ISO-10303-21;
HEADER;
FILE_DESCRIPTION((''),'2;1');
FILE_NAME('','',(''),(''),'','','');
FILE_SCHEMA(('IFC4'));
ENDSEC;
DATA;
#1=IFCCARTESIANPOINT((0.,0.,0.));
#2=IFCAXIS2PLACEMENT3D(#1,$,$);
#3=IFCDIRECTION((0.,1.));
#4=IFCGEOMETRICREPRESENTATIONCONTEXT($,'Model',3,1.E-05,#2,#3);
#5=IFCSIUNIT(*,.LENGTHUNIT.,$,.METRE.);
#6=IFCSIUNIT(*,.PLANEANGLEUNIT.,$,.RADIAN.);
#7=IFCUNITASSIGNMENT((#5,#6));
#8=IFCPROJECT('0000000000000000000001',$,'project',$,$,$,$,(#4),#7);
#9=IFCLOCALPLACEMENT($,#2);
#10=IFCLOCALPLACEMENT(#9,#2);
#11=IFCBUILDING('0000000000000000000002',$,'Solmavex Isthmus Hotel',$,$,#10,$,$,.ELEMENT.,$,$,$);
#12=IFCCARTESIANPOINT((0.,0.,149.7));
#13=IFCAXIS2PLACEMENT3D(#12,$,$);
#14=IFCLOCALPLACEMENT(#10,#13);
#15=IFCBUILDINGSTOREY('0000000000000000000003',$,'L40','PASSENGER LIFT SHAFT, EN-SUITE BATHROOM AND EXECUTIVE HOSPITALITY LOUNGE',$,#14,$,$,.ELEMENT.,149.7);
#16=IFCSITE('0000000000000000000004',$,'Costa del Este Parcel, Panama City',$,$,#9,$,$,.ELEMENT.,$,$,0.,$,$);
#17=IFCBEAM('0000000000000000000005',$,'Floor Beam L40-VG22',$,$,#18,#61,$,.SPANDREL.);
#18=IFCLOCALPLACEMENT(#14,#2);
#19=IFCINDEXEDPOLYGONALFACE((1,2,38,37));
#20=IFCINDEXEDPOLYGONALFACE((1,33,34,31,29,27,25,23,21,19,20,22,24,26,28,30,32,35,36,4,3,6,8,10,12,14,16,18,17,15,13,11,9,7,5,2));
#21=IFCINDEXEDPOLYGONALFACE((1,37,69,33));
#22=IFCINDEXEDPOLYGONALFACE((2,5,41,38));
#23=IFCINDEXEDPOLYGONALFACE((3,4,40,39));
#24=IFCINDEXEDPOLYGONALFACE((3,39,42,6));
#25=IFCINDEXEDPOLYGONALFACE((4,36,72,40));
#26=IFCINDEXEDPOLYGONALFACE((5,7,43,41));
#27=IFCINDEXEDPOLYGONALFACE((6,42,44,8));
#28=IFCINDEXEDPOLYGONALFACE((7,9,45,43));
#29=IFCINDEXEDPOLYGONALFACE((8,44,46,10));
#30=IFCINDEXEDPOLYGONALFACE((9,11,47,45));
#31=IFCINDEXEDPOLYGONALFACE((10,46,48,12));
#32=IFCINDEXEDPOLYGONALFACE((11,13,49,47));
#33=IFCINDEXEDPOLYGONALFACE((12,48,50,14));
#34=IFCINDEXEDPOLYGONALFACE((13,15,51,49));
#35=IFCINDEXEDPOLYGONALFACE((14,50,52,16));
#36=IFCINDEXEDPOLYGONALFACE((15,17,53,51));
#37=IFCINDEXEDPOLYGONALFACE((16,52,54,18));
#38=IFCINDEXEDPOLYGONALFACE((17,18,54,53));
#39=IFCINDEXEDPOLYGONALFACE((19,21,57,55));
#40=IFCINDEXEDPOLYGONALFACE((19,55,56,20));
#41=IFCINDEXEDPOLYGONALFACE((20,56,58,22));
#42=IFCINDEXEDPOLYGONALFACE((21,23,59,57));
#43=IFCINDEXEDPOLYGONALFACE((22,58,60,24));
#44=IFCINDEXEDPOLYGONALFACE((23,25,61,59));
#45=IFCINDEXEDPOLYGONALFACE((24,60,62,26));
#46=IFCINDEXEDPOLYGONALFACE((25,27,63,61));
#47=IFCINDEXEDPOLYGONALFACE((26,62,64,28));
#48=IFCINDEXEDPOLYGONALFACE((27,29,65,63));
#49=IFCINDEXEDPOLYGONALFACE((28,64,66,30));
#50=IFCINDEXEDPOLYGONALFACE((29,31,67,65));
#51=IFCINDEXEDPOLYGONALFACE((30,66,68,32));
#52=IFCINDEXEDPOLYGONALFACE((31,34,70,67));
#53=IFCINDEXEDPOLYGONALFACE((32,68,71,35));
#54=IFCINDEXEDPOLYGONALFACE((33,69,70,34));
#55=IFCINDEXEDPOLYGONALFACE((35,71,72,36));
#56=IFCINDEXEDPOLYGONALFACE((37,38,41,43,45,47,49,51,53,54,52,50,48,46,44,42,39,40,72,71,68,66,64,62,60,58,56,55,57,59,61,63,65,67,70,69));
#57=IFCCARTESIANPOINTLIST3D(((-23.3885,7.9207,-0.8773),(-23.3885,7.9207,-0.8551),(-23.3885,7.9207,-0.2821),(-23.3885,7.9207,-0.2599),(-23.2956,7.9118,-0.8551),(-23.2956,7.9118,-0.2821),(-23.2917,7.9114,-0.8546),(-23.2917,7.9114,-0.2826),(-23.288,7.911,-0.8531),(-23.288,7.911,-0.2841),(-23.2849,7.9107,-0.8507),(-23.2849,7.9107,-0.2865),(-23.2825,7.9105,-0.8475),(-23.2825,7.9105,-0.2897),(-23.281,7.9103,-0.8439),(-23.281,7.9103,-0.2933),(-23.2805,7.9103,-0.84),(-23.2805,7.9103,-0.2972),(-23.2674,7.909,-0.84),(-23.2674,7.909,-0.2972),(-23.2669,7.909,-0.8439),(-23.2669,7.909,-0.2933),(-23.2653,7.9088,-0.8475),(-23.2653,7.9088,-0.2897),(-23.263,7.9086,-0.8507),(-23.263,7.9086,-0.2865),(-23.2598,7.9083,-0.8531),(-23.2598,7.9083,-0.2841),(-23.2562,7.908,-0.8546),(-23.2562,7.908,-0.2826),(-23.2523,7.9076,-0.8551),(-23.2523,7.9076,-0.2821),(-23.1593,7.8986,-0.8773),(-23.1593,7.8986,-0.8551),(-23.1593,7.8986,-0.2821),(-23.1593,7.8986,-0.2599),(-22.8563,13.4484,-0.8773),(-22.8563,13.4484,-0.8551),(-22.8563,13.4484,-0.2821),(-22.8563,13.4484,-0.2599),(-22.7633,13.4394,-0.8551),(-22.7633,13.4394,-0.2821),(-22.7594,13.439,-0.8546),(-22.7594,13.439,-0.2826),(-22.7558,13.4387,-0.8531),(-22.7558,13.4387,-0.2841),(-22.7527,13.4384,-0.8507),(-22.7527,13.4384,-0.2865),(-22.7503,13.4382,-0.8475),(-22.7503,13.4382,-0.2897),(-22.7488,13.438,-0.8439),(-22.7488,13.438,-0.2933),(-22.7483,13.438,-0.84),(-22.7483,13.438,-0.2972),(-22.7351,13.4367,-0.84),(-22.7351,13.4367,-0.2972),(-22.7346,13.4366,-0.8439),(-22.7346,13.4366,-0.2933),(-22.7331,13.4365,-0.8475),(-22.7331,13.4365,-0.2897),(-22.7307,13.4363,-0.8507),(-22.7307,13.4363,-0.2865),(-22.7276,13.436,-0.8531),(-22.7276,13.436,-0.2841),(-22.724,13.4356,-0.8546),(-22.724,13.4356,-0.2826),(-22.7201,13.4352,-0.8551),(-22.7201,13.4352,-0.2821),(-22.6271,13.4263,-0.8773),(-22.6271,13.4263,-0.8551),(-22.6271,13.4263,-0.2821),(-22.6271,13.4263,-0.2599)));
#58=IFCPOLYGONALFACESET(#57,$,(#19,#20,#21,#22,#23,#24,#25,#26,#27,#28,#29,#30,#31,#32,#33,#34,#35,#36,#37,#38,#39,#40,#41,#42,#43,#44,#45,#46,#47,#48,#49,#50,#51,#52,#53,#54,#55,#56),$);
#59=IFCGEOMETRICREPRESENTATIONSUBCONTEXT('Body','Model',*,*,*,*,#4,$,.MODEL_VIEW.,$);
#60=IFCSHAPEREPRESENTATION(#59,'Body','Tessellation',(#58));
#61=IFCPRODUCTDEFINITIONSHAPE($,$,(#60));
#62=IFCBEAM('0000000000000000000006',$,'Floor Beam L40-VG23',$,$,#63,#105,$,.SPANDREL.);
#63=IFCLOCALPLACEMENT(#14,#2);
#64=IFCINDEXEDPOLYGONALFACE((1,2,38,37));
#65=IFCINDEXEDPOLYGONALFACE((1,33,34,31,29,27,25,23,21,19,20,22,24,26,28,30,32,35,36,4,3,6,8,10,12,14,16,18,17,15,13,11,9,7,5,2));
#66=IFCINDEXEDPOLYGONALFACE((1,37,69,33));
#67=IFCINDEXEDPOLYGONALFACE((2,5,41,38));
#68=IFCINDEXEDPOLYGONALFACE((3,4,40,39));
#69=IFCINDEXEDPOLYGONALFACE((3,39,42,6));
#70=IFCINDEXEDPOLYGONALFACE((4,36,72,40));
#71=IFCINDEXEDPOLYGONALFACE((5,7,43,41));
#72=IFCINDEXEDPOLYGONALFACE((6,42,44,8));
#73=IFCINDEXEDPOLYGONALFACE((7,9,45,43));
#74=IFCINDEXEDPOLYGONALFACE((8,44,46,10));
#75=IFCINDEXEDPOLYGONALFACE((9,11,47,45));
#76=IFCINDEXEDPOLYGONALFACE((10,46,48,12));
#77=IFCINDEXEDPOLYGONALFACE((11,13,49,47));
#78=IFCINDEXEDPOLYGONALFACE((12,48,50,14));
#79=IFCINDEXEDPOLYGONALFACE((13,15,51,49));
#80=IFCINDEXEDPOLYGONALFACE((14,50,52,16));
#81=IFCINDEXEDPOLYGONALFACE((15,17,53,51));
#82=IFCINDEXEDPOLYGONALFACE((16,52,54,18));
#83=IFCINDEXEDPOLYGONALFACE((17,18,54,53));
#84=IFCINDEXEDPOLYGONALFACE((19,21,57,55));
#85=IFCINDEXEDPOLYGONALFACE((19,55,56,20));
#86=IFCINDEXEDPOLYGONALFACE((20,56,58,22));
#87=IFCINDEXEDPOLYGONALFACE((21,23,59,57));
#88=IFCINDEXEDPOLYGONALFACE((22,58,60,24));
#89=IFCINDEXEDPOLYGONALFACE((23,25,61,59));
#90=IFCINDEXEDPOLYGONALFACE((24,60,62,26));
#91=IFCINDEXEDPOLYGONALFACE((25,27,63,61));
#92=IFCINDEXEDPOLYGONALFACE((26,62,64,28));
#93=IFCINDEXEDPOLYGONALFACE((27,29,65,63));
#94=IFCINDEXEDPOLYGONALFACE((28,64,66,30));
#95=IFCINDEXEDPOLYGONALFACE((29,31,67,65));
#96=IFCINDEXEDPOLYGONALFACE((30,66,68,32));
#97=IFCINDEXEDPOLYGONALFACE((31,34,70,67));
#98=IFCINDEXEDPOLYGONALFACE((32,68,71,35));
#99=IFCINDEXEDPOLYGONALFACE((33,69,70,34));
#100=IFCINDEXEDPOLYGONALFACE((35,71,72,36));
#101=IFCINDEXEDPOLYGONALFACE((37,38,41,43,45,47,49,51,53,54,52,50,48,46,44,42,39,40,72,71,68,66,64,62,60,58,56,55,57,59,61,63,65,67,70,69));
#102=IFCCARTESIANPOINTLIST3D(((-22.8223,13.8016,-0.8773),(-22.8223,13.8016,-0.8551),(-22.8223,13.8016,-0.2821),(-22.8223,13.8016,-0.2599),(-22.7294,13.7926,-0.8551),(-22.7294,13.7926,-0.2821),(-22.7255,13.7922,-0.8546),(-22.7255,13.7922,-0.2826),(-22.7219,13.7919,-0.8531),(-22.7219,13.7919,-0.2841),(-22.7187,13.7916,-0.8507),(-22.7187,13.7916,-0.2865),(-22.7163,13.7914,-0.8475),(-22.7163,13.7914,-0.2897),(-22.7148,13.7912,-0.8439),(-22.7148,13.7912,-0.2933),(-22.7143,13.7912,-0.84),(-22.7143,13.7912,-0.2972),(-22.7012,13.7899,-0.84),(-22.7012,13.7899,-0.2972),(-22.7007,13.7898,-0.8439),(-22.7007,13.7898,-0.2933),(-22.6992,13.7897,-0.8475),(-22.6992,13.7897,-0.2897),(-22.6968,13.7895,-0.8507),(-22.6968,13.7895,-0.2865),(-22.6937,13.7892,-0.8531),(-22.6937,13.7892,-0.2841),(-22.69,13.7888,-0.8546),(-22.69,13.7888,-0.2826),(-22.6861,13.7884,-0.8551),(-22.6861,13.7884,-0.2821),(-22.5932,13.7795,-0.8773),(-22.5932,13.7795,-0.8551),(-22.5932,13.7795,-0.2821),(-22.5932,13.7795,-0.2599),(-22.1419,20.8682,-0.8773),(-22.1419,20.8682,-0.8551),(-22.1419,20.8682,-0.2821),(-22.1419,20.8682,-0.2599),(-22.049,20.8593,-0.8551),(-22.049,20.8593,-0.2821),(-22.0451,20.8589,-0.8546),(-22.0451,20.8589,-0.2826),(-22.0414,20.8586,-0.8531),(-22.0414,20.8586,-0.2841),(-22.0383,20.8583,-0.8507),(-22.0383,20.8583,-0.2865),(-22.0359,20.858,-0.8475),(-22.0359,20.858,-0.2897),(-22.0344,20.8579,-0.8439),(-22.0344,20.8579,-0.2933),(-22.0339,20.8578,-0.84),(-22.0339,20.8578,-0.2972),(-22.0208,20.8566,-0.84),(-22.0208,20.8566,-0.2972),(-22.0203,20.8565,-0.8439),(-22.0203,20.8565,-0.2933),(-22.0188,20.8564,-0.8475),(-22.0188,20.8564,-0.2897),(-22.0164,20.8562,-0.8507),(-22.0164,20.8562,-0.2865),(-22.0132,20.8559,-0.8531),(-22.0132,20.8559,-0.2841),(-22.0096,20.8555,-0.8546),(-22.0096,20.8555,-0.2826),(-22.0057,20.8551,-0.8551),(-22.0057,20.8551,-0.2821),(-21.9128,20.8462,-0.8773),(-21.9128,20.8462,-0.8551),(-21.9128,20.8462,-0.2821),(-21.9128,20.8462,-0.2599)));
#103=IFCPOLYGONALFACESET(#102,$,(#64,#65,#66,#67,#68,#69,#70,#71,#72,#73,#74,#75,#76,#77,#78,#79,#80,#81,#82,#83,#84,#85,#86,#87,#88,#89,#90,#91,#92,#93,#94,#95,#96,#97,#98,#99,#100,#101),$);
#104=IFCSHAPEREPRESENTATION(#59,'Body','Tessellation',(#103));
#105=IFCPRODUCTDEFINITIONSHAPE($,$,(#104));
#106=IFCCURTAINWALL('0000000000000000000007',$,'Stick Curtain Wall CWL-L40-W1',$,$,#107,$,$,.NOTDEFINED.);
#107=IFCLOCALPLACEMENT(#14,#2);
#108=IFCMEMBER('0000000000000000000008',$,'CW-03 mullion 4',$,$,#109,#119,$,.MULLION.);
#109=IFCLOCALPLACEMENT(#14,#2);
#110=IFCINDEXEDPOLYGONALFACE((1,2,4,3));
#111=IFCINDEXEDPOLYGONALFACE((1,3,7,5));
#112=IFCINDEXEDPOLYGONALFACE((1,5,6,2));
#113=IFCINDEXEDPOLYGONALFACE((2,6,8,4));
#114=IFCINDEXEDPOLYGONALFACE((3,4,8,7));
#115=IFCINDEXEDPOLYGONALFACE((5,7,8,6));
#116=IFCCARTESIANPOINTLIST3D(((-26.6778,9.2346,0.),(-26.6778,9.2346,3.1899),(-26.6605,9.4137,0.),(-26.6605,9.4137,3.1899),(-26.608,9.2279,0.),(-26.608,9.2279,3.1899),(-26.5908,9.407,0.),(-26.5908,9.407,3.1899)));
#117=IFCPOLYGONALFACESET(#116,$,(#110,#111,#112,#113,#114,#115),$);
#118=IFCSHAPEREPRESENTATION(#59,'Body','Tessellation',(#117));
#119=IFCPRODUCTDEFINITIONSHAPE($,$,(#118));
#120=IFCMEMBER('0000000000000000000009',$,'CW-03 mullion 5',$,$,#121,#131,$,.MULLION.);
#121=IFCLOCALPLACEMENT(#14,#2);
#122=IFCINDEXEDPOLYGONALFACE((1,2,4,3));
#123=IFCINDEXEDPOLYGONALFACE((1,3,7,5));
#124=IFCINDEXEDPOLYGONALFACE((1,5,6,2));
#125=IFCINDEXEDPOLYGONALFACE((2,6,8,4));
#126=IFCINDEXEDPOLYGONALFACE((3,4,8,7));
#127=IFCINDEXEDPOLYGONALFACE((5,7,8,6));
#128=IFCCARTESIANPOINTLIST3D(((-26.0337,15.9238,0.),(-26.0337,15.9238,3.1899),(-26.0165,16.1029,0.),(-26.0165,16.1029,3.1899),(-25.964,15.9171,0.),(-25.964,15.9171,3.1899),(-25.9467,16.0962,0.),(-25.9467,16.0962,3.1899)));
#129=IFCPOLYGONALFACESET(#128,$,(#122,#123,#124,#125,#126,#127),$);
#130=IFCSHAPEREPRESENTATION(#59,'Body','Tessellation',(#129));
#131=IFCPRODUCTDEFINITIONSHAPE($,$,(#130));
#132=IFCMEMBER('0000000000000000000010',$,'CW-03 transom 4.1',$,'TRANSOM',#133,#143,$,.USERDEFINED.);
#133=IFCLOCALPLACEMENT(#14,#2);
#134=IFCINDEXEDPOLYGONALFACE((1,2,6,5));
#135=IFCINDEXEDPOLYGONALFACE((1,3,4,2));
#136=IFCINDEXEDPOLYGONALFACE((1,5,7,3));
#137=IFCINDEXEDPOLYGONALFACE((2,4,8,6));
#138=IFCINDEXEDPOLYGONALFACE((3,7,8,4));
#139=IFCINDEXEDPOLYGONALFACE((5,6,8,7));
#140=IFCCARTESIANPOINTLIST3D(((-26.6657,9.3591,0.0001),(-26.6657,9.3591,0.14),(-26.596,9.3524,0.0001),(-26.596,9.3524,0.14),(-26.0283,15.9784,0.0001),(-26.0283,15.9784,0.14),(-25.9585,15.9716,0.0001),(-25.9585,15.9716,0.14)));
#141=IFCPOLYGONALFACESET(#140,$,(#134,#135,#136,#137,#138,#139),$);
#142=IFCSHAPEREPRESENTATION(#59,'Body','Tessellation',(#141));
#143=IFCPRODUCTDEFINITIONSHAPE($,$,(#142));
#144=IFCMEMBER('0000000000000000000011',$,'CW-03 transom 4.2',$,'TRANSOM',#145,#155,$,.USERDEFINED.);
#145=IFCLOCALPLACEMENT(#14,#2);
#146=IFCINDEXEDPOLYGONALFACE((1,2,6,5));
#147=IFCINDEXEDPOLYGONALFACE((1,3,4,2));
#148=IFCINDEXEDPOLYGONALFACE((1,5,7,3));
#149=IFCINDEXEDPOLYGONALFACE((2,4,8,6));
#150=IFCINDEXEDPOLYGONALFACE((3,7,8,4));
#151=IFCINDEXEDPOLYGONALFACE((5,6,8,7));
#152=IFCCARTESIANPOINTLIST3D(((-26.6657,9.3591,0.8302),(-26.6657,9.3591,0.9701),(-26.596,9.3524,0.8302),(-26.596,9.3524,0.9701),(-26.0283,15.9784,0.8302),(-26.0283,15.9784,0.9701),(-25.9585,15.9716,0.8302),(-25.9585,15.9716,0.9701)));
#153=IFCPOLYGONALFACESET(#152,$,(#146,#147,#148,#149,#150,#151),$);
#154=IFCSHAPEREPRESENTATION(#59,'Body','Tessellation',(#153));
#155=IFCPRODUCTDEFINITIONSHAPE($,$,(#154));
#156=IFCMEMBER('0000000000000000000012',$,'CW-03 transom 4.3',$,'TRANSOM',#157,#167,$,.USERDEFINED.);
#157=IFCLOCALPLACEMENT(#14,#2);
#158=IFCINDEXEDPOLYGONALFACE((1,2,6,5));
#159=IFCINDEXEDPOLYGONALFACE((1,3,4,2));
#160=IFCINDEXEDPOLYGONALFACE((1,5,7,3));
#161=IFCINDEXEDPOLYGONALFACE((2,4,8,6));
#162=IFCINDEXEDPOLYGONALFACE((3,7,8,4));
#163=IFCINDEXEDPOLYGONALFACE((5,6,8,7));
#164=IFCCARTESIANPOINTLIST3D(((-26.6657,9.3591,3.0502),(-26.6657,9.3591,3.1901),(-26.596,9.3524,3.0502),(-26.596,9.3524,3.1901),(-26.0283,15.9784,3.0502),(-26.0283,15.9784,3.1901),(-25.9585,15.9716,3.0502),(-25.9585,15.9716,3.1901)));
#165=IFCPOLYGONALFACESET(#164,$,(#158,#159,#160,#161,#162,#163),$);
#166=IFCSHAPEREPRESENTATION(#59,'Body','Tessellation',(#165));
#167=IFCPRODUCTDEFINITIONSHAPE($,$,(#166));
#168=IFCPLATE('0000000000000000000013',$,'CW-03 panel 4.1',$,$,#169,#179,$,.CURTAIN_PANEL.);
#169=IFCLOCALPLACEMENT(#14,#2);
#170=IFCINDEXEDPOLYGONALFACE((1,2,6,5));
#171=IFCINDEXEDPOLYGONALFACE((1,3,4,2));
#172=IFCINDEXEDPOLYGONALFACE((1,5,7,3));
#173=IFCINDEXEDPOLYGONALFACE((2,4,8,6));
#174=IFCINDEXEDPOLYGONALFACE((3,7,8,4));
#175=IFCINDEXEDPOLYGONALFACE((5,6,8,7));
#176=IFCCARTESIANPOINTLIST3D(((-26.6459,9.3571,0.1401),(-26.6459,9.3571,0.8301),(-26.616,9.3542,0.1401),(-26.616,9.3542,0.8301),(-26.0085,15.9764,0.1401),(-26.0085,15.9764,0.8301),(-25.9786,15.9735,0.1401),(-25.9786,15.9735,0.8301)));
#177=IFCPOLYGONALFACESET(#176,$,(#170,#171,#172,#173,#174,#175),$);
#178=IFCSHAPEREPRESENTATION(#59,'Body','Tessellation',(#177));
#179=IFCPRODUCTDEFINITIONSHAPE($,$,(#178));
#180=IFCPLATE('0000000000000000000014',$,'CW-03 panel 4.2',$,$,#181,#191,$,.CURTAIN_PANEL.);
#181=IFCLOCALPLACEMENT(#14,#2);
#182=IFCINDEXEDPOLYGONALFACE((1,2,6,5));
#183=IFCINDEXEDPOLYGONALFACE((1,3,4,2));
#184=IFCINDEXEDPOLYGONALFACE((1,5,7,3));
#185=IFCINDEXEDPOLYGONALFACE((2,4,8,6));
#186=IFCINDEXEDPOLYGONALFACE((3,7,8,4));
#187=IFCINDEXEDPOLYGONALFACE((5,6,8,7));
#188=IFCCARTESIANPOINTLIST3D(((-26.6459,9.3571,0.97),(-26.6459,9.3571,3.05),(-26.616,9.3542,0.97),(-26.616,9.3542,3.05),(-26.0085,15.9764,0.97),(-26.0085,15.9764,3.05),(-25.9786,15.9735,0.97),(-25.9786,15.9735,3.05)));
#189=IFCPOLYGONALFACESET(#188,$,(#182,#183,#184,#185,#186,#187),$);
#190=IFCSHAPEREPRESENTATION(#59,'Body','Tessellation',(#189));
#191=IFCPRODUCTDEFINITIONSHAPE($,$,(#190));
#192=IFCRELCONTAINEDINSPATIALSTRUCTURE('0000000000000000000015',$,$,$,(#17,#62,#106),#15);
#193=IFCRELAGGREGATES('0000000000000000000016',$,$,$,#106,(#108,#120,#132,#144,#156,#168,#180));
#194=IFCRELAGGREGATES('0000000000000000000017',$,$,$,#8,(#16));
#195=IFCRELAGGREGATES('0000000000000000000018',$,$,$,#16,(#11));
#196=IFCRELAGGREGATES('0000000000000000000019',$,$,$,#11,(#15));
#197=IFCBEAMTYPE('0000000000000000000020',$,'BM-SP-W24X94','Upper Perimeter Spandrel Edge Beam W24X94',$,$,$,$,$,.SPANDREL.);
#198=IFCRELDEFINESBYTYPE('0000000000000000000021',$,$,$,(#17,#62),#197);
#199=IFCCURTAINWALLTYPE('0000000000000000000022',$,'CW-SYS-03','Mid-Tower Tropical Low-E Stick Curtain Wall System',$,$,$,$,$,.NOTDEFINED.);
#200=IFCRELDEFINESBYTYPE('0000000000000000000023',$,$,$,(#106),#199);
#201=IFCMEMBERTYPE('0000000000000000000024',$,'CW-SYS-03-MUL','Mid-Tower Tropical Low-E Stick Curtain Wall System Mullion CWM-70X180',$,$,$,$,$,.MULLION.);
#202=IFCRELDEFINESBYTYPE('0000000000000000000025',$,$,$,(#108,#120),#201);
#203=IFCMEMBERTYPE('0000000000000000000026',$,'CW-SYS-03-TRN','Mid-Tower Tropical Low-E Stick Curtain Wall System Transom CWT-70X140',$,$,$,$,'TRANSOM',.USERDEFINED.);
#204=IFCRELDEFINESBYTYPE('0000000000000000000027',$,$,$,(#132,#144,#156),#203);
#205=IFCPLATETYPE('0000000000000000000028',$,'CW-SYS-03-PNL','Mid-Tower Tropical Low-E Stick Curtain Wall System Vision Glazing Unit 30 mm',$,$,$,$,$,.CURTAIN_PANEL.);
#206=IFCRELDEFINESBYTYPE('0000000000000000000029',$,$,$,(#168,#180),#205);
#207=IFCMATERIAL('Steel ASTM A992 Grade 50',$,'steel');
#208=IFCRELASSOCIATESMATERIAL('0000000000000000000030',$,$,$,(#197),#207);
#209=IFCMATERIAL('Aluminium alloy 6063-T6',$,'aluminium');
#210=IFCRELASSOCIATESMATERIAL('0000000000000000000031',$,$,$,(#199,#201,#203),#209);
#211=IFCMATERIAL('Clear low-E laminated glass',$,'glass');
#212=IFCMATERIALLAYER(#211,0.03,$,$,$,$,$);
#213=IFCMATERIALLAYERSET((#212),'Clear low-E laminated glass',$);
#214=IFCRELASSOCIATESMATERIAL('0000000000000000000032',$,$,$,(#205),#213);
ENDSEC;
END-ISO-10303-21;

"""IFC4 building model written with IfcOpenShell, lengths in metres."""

from ifc_helpers import new_model, si_unit, direction, frame, origin, origin_2d, place, context, subcontext, project, spatial, rectangle, i_section, extrude, material, layer, layer_set, material_profile, profile_set, type_object, element, aggregate, save


model = new_model("IFC4")

# Units and contexts
model_context = context("Model", 3, precision=1e-05, world=origin(), true_north=direction((0.0, 1.0)))
body_context = subcontext(model_context, "Body", "Model", "MODEL_VIEW")
ifc_project = project(units=[si_unit("LENGTHUNIT", "METRE"), si_unit("PLANEANGLEUNIT", "RADIAN")], contexts=[model_context])

# Site, building, storey
site_placement = place(None, origin())
site = spatial("IfcSite", under=ifc_project, at=site_placement, Name="Costa del Este Parcel, Panama City", CompositionType="ELEMENT", RefElevation=0.0)
building_placement = place(site_placement, origin())
building = spatial("IfcBuilding", under=site, at=building_placement, Name="Solmavex Isthmus Hotel", CompositionType="ELEMENT")
storey_placement = place(building_placement, frame((0.0, 0.0, 149.7)))
storey = spatial("IfcBuildingStorey", under=building, at=storey_placement, Name="L40", Description="PASSENGER LIFT SHAFT, EN-SUITE BATHROOM AND EXECUTIVE HOSPITALITY LOUNGE", CompositionType="ELEMENT", Elevation=149.7)

# Beams
ifc_material_1 = material(Name="Steel ASTM A992 Grade 50", Category="steel")
ifc_material_profile_1 = material_profile(ifc_material_1, i_section(OverallWidth=0.2302, OverallDepth=0.6174, WebThickness=0.0132, FlangeThickness=0.0222, FilletRadius=0.0151, at=origin_2d()), Name="W24X94")
ifc_profile_set_1 = profile_set([ifc_material_profile_1], Name="Steel ASTM A992 Grade 50")
beam_type_1 = type_object("IfcBeamType", Name="BM-SP-W24X94", Description="Upper Perimeter Spandrel Edge Beam W24X94", PredefinedType="SPANDREL", material=ifc_profile_set_1)
beam_1_placement = place(storey_placement, frame((-23.2739, 7.9097, -0.5686), z_axis=(0.095842, 0.995397, 0.0), x_axis=(-0.995397, 0.095842, 0.0)))
element("IfcBeam", 1, at=beam_1_placement, inside=storey, type_object=beam_type_1, Name="Floor Beam L40-VG22", PredefinedType="SPANDREL", context=body_context, shape_type="SweptSolid", body=[
    extrude(i_section(OverallWidth=0.2302, OverallDepth=0.6174, WebThickness=0.0132, FlangeThickness=0.0222, FilletRadius=0.0151, at=origin_2d()), origin(), (0.0, 0.0, 1.0), 5.5532),
])
beam_2_placement = place(storey_placement, frame((-22.7078, 13.7905, -0.5686), z_axis=(0.095843, 0.995396, 0.0), x_axis=(-0.995396, 0.095843, 0.0)))
element("IfcBeam", 2, at=beam_2_placement, inside=storey, type_object=beam_type_1, Name="Floor Beam L40-VG23", PredefinedType="SPANDREL", context=body_context, shape_type="SweptSolid", body=[
    extrude(i_section(OverallWidth=0.2302, OverallDepth=0.6174, WebThickness=0.0132, FlangeThickness=0.0222, FilletRadius=0.0151, at=origin_2d()), origin(), (0.0, 0.0, 1.0), 7.0994),
])

# Curtain wall, members, plates
ifc_material_2 = material(Name="Aluminium alloy 6063-T6", Category="aluminium")
curtain_wall_type = type_object("IfcCurtainWallType", Name="CW-SYS-03", Description="Mid-Tower Tropical Low-E Stick Curtain Wall System", PredefinedType="NOTDEFINED", material=ifc_material_2)
curtain_wall_placement = place(storey_placement, origin())
curtain_wall = element("IfcCurtainWall", 3, at=curtain_wall_placement, inside=storey, type_object=curtain_wall_type, Name="Stick Curtain Wall CWL-L40-W1", PredefinedType="NOTDEFINED")
ifc_material_profile_2 = material_profile(ifc_material_2, rectangle(XDim=0.0701, YDim=0.1799, at=origin_2d()), Name="CWM-70X180")
ifc_profile_set_2 = profile_set([ifc_material_profile_2], Name="Aluminium alloy 6063-T6")
member_type_1 = type_object("IfcMemberType", Name="CW-SYS-03-MUL", Description="Mid-Tower Tropical Low-E Stick Curtain Wall System Mullion CWM-70X180", PredefinedType="MULLION", material=ifc_profile_set_2)
member_1_placement = place(storey_placement, frame((-26.6343, 9.3208, 0.0), z_axis=(0.0, 0.0, 1.0), x_axis=(-0.995396, 0.095846, 0.0)))
member_1 = element("IfcMember", 4, at=member_1_placement, type_object=member_type_1, Name="CW-03 mullion 4", PredefinedType="MULLION", context=body_context, shape_type="SweptSolid", body=[
    extrude(rectangle(XDim=0.0701, YDim=0.1799, at=origin_2d()), origin(), (0.0, 0.0, 1.0), 3.1899),
])
member_2_placement = place(storey_placement, frame((-25.9902, 16.01, 0.0), z_axis=(0.0, 0.0, 1.0), x_axis=(-0.995396, 0.095846, 0.0)))
member_2 = element("IfcMember", 5, at=member_2_placement, type_object=member_type_1, Name="CW-03 mullion 5", PredefinedType="MULLION", context=body_context, shape_type="SweptSolid", body=[
    extrude(rectangle(XDim=0.0701, YDim=0.1799, at=origin_2d()), origin(), (0.0, 0.0, 1.0), 3.1899),
])
ifc_material_profile_3 = material_profile(ifc_material_2, rectangle(XDim=0.0701, YDim=0.1399, at=origin_2d()), Name="CWT-70X140")
ifc_profile_set_3 = profile_set([ifc_material_profile_3], Name="Aluminium alloy 6063-T6")
member_type_2 = type_object("IfcMemberType", Name="CW-SYS-03-TRN", Description="Mid-Tower Tropical Low-E Stick Curtain Wall System Transom CWT-70X140", ElementType="TRANSOM", PredefinedType="USERDEFINED", material=ifc_profile_set_3)
member_3_placement = place(storey_placement, frame((-26.6309, 9.3557, 0.0701), z_axis=(0.095857, 0.995395, 0.0), x_axis=(-0.995395, 0.095857, 0.0)))
member_3 = element("IfcMember", 6, at=member_3_placement, type_object=member_type_2, Name="CW-03 transom 4.1", ObjectType="TRANSOM", PredefinedType="USERDEFINED", context=body_context, shape_type="SweptSolid", body=[
    extrude(rectangle(XDim=0.0701, YDim=0.1399, at=origin_2d()), origin(), (0.0, 0.0, 1.0), 6.6499),
])
member_4_placement = place(storey_placement, frame((-26.6309, 9.3557, 0.9001), z_axis=(0.095857, 0.995395, 0.0), x_axis=(-0.995395, 0.095857, 0.0)))
member_4 = element("IfcMember", 7, at=member_4_placement, type_object=member_type_2, Name="CW-03 transom 4.2", ObjectType="TRANSOM", PredefinedType="USERDEFINED", context=body_context, shape_type="SweptSolid", body=[
    extrude(rectangle(XDim=0.0701, YDim=0.1399, at=origin_2d()), origin(), (0.0, 0.0, 1.0), 6.6499),
])
member_5_placement = place(storey_placement, frame((-26.6309, 9.3557, 3.1201), z_axis=(0.095857, 0.995395, 0.0), x_axis=(-0.995395, 0.095857, 0.0)))
member_5 = element("IfcMember", 8, at=member_5_placement, type_object=member_type_2, Name="CW-03 transom 4.3", ObjectType="TRANSOM", PredefinedType="USERDEFINED", context=body_context, shape_type="SweptSolid", body=[
    extrude(rectangle(XDim=0.0701, YDim=0.1399, at=origin_2d()), origin(), (0.0, 0.0, 1.0), 6.6499),
])
ifc_material_3 = material(Name="Clear low-E laminated glass", Category="glass")
ifc_layer_1 = layer(ifc_material_3, 0.03)
ifc_layer_set_1 = layer_set([ifc_layer_1], Name="Clear low-E laminated glass")
plate_type = type_object("IfcPlateType", Name="CW-SYS-03-PNL", Description="Mid-Tower Tropical Low-E Stick Curtain Wall System Vision Glazing Unit 30 mm", PredefinedType="CURTAIN_PANEL", material=ifc_layer_set_1)
plate_1_placement = place(storey_placement, frame((-26.3123, 12.6653, 0.1401), z_axis=(0.0, 0.0, 1.0), x_axis=(0.095846, 0.995396, 0.0)))
plate_1 = element("IfcPlate", 9, at=plate_1_placement, type_object=plate_type, Name="CW-03 panel 4.1", PredefinedType="CURTAIN_PANEL", context=body_context, shape_type="SweptSolid", body=[
    extrude(rectangle(XDim=6.6499, YDim=0.03, at=origin_2d()), origin(), (0.0, 0.0, 1.0), 0.6899),
])
plate_2_placement = place(storey_placement, frame((-26.3123, 12.6653, 0.97), z_axis=(0.0, 0.0, 1.0), x_axis=(0.095846, 0.995396, 0.0)))
plate_2 = element("IfcPlate", 10, at=plate_2_placement, type_object=plate_type, Name="CW-03 panel 4.2", PredefinedType="CURTAIN_PANEL", context=body_context, shape_type="SweptSolid", body=[
    extrude(rectangle(XDim=6.6499, YDim=0.03, at=origin_2d()), origin(), (0.0, 0.0, 1.0), 2.0801),
])
aggregate(curtain_wall, [member_1, member_2, member_3, member_4, member_5, plate_1, plate_2])

save(model, "model.ifc")
